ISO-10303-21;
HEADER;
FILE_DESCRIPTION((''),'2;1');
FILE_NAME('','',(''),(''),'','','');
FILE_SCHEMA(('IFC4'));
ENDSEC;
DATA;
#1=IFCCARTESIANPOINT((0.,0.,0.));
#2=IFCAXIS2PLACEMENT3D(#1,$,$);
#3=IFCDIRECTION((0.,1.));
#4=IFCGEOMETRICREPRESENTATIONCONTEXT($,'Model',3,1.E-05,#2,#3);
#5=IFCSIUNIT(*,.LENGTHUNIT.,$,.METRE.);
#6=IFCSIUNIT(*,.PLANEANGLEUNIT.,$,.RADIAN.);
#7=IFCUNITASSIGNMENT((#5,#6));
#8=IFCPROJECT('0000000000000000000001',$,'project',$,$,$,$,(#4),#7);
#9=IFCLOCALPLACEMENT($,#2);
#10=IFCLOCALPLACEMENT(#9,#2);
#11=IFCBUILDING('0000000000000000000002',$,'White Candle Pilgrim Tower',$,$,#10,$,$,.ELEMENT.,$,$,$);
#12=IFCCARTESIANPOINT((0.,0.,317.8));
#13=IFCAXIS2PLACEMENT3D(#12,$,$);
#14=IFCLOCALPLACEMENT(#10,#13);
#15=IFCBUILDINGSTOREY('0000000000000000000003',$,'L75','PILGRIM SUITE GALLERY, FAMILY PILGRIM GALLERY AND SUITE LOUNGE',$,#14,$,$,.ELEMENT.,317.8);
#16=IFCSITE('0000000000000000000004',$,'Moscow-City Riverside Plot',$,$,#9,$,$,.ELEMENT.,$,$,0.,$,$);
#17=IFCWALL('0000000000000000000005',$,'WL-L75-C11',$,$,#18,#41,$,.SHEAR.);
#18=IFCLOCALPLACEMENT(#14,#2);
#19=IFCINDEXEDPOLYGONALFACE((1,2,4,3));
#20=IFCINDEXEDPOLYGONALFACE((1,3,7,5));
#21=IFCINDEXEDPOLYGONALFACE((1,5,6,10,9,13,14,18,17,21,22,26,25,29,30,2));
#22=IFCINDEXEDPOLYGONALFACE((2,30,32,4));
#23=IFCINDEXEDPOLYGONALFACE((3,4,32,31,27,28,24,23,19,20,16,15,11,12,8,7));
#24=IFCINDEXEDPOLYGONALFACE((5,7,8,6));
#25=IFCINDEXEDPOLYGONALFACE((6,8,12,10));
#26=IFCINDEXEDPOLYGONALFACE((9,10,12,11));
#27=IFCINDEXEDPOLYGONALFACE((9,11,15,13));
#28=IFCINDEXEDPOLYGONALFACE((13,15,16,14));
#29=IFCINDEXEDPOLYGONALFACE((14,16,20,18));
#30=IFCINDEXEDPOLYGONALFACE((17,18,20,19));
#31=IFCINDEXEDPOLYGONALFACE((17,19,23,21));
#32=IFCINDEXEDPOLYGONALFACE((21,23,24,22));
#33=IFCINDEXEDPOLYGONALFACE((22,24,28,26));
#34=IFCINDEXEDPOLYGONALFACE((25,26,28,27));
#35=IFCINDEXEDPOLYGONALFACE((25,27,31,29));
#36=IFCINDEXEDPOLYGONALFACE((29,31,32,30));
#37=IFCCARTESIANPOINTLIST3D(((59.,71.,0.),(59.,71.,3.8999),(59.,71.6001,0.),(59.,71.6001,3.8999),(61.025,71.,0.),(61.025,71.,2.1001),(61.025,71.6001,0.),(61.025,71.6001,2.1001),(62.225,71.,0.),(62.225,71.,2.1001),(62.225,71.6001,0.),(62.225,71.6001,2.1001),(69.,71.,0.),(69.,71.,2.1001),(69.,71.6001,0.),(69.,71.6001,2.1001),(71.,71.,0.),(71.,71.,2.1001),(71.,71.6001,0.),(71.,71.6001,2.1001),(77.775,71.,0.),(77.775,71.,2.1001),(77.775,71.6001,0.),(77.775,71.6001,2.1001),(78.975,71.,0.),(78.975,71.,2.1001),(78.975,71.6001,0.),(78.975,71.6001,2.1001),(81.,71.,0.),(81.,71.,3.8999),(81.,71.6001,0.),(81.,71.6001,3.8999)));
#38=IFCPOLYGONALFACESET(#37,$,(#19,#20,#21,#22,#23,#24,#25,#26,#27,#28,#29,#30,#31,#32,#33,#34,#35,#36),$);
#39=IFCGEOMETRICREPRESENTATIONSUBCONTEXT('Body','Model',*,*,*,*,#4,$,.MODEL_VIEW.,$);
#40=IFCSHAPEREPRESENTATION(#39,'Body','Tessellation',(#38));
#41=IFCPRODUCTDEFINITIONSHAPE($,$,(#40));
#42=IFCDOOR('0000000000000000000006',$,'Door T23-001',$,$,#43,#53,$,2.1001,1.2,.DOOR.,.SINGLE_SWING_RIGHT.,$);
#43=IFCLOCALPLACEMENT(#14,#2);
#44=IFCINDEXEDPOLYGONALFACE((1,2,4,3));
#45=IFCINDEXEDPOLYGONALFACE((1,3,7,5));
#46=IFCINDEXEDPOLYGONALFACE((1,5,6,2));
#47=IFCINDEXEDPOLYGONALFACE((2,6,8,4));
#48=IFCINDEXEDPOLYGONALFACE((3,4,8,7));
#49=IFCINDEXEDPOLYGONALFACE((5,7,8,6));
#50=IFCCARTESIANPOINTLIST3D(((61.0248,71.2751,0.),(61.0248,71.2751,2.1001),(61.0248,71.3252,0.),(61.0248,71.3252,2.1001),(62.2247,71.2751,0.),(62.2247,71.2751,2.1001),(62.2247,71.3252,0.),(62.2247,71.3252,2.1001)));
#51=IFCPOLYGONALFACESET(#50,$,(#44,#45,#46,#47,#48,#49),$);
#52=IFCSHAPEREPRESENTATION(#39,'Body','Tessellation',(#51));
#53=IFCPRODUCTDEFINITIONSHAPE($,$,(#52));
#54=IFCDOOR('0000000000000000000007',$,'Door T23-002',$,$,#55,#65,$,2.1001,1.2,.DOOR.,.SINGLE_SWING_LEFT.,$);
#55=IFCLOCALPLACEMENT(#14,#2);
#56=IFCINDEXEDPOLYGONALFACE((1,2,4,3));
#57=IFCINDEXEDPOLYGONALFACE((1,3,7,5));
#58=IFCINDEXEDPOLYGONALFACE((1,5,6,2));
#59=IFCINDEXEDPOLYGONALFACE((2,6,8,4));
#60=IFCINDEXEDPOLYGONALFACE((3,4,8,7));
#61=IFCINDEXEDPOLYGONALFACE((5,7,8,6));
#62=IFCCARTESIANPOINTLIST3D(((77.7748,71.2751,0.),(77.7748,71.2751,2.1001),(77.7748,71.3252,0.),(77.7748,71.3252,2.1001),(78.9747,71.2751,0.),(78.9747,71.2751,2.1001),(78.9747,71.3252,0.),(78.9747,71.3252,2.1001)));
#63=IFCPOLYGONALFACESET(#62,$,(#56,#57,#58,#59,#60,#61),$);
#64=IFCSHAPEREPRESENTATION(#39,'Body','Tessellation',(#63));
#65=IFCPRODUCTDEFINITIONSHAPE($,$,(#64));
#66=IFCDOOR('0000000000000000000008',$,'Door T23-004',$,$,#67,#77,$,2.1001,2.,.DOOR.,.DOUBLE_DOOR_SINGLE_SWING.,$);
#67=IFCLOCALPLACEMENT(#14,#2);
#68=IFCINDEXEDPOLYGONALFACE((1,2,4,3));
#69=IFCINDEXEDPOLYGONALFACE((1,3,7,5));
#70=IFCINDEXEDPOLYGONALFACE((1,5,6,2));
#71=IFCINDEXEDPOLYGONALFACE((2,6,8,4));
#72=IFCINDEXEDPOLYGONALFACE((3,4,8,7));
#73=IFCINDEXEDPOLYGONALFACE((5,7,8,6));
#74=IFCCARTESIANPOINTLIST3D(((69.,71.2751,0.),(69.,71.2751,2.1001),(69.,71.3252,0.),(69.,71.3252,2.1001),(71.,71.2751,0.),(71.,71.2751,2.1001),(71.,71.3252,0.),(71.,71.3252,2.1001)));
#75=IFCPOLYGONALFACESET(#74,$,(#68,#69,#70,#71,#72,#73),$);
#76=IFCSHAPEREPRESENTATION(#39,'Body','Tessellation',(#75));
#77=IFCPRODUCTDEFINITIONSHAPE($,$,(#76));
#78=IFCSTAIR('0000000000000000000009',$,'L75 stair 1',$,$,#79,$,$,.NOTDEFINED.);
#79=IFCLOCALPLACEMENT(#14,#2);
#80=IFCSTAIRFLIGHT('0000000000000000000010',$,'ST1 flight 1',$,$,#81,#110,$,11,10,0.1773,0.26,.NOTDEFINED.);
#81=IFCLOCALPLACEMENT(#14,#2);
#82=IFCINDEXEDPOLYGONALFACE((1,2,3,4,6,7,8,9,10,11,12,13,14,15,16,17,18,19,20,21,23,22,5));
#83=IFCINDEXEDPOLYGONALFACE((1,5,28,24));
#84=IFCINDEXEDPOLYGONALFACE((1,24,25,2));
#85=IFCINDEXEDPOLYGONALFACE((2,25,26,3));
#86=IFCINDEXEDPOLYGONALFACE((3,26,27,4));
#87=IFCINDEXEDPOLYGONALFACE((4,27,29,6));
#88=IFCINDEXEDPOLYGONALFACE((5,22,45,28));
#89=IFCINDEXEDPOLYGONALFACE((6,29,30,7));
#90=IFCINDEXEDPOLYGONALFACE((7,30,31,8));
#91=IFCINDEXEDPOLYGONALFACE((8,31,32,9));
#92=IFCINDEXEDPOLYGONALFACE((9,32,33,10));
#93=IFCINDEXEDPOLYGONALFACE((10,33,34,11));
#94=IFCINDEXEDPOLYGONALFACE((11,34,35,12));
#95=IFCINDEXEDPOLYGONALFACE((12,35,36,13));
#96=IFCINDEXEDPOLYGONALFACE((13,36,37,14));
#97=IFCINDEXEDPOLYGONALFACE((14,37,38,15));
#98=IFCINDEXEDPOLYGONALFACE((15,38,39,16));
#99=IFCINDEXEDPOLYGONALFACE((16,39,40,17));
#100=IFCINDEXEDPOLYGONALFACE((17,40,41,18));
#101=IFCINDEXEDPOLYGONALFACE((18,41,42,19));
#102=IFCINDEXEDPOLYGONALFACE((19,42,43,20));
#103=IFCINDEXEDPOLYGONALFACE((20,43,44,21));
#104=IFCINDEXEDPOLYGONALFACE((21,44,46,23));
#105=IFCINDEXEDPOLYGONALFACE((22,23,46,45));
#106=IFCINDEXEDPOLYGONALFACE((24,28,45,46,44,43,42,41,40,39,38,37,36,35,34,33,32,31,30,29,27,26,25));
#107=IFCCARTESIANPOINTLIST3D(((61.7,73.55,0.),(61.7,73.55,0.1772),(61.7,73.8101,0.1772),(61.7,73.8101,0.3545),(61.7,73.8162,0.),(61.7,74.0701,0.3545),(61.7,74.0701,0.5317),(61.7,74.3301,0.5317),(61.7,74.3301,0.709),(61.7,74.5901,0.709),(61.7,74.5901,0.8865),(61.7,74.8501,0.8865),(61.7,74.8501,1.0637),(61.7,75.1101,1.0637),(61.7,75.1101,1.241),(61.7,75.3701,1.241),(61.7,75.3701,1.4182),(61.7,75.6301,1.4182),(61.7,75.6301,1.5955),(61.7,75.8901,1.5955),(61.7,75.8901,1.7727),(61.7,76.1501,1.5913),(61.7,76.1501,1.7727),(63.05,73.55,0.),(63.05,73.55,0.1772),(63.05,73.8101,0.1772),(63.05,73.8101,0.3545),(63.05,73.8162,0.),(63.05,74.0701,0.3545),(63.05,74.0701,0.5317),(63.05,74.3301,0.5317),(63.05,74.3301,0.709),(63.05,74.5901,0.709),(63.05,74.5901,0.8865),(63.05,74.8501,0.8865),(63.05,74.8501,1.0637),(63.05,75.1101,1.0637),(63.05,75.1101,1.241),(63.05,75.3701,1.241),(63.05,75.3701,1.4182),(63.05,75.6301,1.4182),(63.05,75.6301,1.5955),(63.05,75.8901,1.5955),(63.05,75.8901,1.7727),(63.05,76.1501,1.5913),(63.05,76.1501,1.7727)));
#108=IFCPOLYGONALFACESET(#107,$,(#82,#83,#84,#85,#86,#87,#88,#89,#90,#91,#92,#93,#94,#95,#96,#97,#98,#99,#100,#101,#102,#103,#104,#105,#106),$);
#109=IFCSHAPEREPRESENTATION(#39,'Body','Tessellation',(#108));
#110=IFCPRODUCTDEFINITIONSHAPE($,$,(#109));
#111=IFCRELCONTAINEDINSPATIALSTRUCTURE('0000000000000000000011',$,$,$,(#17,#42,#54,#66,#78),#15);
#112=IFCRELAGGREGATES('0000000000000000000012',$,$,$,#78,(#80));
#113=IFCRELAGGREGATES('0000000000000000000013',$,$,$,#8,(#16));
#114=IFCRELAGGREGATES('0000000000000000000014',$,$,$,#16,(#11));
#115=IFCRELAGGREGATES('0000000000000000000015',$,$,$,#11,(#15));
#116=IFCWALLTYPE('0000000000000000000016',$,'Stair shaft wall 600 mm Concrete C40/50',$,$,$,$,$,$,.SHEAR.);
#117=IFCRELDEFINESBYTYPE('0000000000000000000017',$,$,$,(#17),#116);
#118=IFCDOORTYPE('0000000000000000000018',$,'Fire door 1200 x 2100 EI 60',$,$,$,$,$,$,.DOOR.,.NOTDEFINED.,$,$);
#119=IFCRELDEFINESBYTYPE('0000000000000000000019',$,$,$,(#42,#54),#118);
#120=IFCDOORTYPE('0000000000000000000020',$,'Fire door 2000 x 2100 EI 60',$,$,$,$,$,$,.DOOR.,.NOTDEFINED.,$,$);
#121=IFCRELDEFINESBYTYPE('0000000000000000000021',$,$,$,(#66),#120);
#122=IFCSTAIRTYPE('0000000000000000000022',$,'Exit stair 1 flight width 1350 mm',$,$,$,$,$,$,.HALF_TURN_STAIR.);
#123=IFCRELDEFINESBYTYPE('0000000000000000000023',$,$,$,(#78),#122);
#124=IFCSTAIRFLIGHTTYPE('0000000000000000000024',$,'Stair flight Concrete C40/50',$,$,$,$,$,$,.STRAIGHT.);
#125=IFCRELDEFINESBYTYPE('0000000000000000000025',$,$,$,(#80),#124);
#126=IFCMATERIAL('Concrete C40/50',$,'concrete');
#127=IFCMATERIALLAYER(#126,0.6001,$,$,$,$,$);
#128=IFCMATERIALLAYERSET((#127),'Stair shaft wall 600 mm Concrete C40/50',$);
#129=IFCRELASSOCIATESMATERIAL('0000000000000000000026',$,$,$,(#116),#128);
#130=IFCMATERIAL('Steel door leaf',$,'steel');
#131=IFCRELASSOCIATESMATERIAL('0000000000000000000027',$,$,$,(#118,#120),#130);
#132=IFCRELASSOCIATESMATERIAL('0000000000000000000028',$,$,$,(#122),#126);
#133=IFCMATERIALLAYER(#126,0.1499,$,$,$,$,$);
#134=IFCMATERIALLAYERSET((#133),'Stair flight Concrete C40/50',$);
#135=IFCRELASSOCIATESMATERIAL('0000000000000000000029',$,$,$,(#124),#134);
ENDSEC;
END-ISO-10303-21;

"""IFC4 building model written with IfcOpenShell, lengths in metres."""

from ifc_helpers import new_model, si_unit, direction, frame, frame_2d, origin, place, context, subcontext, project, spatial, polyline, rectangle, outline, extrude, material, layer, layer_set, type_object, element, fill, aggregate, save


model = new_model("IFC4")

# Units and contexts
model_context = context("Model", 3, precision=1e-05, world=origin(), true_north=direction((0.0, 1.0)))
body_context = subcontext(model_context, "Body", "Model", "MODEL_VIEW")
ifc_project = project(units=[si_unit("LENGTHUNIT", "METRE"), si_unit("PLANEANGLEUNIT", "RADIAN")], contexts=[model_context])

# Site, building, storey
site_placement = place(None, origin())
site = spatial("IfcSite", under=ifc_project, at=site_placement, Name="Moscow-City Riverside Plot", CompositionType="ELEMENT", RefElevation=0.0)
building_placement = place(site_placement, origin())
building = spatial("IfcBuilding", under=site, at=building_placement, Name="White Candle Pilgrim Tower", CompositionType="ELEMENT")
storey_placement = place(building_placement, frame((0.0, 0.0, 317.8)))
storey = spatial("IfcBuildingStorey", under=building, at=storey_placement, Name="L75", Description="PILGRIM SUITE GALLERY, FAMILY PILGRIM GALLERY AND SUITE LOUNGE", CompositionType="ELEMENT", Elevation=317.8)

# Shared definitions
ifc_material_1 = material(Name="Concrete C40/50", Category="concrete")

# Wall, openings, doors
ifc_layer_1 = layer(ifc_material_1, 0.6001)
ifc_layer_set_1 = layer_set([ifc_layer_1], Name="Stair shaft wall 600 mm Concrete C40/50")
wall_type_1 = type_object("IfcWallType", Name="Stair shaft wall 600 mm Concrete C40/50", PredefinedType="SHEAR", material=ifc_layer_set_1)
wall_1_placement = place(storey_placement, frame((59.0, 71.3, 0.0), z_axis=(0.0, 0.0, 1.0), x_axis=(1.0, 0.0, 0.0)))
wall_1 = element("IfcWall", 1, at=wall_1_placement, inside=storey, type_object=wall_type_1, Name="WL-L75-C11", PredefinedType="SHEAR", context=body_context, shape_type="SweptSolid", body=[
    extrude(rectangle(XDim=22.0, YDim=0.6001, at=frame_2d((11.0, 0.0))), origin(), (0.0, 0.0, 1.0), 3.8999),
])
opening_1_placement = place(wall_1_placement, frame((2.0249, 0.0, 0.0)))
opening_1 = element("IfcOpeningElement", 2, at=opening_1_placement, cuts=wall_1, PredefinedType="OPENING", context=body_context, shape_type="SweptSolid", body=[
    extrude(rectangle(XDim=1.2, YDim=2.1001, at=frame_2d((0.6001, 1.05))), frame((0.0, 0.3101, 0.0), z_axis=(0.0, -1.0, 0.0), x_axis=(1.0, 0.0, 0.0)), (0.0, 0.0, 1.0), 0.6201),
])
opening_2_placement = place(wall_1_placement, frame((18.7749, 0.0, 0.0)))
opening_2 = element("IfcOpeningElement", 3, at=opening_2_placement, cuts=wall_1, PredefinedType="OPENING", context=body_context, shape_type="SweptSolid", body=[
    extrude(rectangle(XDim=1.2, YDim=2.1001, at=frame_2d((0.6001, 1.05))), frame((0.0, 0.3101, 0.0), z_axis=(0.0, -1.0, 0.0), x_axis=(1.0, 0.0, 0.0)), (0.0, 0.0, 1.0), 0.6201),
])
opening_3_placement = place(wall_1_placement, frame((10.0, 0.0, 0.0)))
opening_3 = element("IfcOpeningElement", 4, at=opening_3_placement, cuts=wall_1, PredefinedType="OPENING", context=body_context, shape_type="SweptSolid", body=[
    extrude(rectangle(XDim=2.0, YDim=2.1001, at=frame_2d((1.0, 1.05))), frame((0.0, 0.3101, 0.0), z_axis=(0.0, -1.0, 0.0), x_axis=(1.0, 0.0, 0.0)), (0.0, 0.0, 1.0), 0.6201),
])
ifc_material_2 = material(Name="Steel door leaf", Category="steel")
door_type_1 = type_object("IfcDoorType", Name="Fire door 1200 x 2100 EI 60", OperationType="NOTDEFINED", PredefinedType="DOOR", material=ifc_material_2)
door_1_placement = place(opening_1_placement, frame((1.2, 0.0, 0.0), z_axis=(0.0, 0.0, 1.0), x_axis=(-1.0, 0.0, 0.0)))
door_1 = element("IfcDoor", 5, at=door_1_placement, inside=storey, type_object=door_type_1, Name="Door T23-001", OperationType="SINGLE_SWING_RIGHT", OverallHeight=2.1001, OverallWidth=1.2, PredefinedType="DOOR", context=body_context, shape_type="SweptSolid", body=[
    extrude(rectangle(XDim=1.2, YDim=2.1001, at=frame_2d((0.6001, 1.05))), frame((0.0, 0.0249, 0.0), z_axis=(0.0, -1.0, 0.0), x_axis=(1.0, 0.0, 0.0)), (0.0, 0.0, 1.0), 0.05),
])
fill(opening_1, door_1)
door_2_placement = place(opening_2_placement, frame((1.2, 0.0, 0.0), z_axis=(0.0, 0.0, 1.0), x_axis=(-1.0, 0.0, 0.0)))
door_2 = element("IfcDoor", 6, at=door_2_placement, inside=storey, type_object=door_type_1, Name="Door T23-002", OperationType="SINGLE_SWING_LEFT", OverallHeight=2.1001, OverallWidth=1.2, PredefinedType="DOOR", context=body_context, shape_type="SweptSolid", body=[
    extrude(rectangle(XDim=1.2, YDim=2.1001, at=frame_2d((0.6001, 1.05))), frame((0.0, 0.0249, 0.0), z_axis=(0.0, -1.0, 0.0), x_axis=(1.0, 0.0, 0.0)), (0.0, 0.0, 1.0), 0.05),
])
fill(opening_2, door_2)
door_type_2 = type_object("IfcDoorType", Name="Fire door 2000 x 2100 EI 60", OperationType="NOTDEFINED", PredefinedType="DOOR", material=ifc_material_2)
door_3_placement = place(opening_3_placement, frame((2.0, 0.0, 0.0), z_axis=(0.0, 0.0, 1.0), x_axis=(-1.0, 0.0, 0.0)))
door_3 = element("IfcDoor", 7, at=door_3_placement, inside=storey, type_object=door_type_2, Name="Door T23-004", OperationType="DOUBLE_DOOR_SINGLE_SWING", OverallHeight=2.1001, OverallWidth=2.0, PredefinedType="DOOR", context=body_context, shape_type="SweptSolid", body=[
    extrude(rectangle(XDim=2.0, YDim=2.1001, at=frame_2d((1.0, 1.05))), frame((0.0, 0.0249, 0.0), z_axis=(0.0, -1.0, 0.0), x_axis=(1.0, 0.0, 0.0)), (0.0, 0.0, 1.0), 0.05),
])
fill(opening_3, door_3)

# Stair, stair flight
stair_type = type_object("IfcStairType", Name="Exit stair 1 flight width 1350 mm", PredefinedType="HALF_TURN_STAIR", material=ifc_material_1)
stair_placement = place(storey_placement, origin())
stair = element("IfcStair", 8, at=stair_placement, inside=storey, type_object=stair_type, Name="L75 stair 1", PredefinedType="NOTDEFINED")
ifc_layer_2 = layer(ifc_material_1, 0.1499)
ifc_layer_set_2 = layer_set([ifc_layer_2], Name="Stair flight Concrete C40/50")
stair_flight_type = type_object("IfcStairFlightType", Name="Stair flight Concrete C40/50", PredefinedType="STRAIGHT", material=ifc_layer_set_2)
stair_flight_placement = place(storey_placement, frame((62.375, 73.55, 0.0), z_axis=(0.0, 0.0, 1.0), x_axis=(0.0, 1.0, 0.0)))
stair_flight = element("IfcStairFlight", 9, at=stair_flight_placement, type_object=stair_flight_type, Name="ST1 flight 1", NumberOfRisers=11, NumberOfTreads=10, PredefinedType="NOTDEFINED", RiserHeight=0.1773, TreadLength=0.26, context=body_context, shape_type="SweptSolid", body=[
    extrude(outline(polyline([(0.0, 0.0), (0.0, 0.1772), (0.26, 0.1772), (0.26, 0.3545), (0.52, 0.3545), (0.52, 0.5317), (0.78, 0.5317), (0.78, 0.709), (1.04, 0.709), (1.04, 0.8865), (1.3, 0.8865), (1.3, 1.0637), (1.5601, 1.0637), (1.5601, 1.241), (1.8201, 1.241), (1.8201, 1.4182), (2.0801, 1.4182), (2.0801, 1.5955), (2.3401, 1.5955), (2.3401, 1.7727), (2.6001, 1.7727), (2.6001, 1.95), (2.6001, 1.5913), (0.2661, 0.0), (0.0, 0.0)])), frame((0.0, 0.675, 0.0), z_axis=(0.0, -1.0, 0.0), x_axis=(1.0, 0.0, 0.0)), (0.0, 0.0, 1.0), 1.3501),
])
aggregate(stair, [stair_flight])

save(model, "model.ifc")
